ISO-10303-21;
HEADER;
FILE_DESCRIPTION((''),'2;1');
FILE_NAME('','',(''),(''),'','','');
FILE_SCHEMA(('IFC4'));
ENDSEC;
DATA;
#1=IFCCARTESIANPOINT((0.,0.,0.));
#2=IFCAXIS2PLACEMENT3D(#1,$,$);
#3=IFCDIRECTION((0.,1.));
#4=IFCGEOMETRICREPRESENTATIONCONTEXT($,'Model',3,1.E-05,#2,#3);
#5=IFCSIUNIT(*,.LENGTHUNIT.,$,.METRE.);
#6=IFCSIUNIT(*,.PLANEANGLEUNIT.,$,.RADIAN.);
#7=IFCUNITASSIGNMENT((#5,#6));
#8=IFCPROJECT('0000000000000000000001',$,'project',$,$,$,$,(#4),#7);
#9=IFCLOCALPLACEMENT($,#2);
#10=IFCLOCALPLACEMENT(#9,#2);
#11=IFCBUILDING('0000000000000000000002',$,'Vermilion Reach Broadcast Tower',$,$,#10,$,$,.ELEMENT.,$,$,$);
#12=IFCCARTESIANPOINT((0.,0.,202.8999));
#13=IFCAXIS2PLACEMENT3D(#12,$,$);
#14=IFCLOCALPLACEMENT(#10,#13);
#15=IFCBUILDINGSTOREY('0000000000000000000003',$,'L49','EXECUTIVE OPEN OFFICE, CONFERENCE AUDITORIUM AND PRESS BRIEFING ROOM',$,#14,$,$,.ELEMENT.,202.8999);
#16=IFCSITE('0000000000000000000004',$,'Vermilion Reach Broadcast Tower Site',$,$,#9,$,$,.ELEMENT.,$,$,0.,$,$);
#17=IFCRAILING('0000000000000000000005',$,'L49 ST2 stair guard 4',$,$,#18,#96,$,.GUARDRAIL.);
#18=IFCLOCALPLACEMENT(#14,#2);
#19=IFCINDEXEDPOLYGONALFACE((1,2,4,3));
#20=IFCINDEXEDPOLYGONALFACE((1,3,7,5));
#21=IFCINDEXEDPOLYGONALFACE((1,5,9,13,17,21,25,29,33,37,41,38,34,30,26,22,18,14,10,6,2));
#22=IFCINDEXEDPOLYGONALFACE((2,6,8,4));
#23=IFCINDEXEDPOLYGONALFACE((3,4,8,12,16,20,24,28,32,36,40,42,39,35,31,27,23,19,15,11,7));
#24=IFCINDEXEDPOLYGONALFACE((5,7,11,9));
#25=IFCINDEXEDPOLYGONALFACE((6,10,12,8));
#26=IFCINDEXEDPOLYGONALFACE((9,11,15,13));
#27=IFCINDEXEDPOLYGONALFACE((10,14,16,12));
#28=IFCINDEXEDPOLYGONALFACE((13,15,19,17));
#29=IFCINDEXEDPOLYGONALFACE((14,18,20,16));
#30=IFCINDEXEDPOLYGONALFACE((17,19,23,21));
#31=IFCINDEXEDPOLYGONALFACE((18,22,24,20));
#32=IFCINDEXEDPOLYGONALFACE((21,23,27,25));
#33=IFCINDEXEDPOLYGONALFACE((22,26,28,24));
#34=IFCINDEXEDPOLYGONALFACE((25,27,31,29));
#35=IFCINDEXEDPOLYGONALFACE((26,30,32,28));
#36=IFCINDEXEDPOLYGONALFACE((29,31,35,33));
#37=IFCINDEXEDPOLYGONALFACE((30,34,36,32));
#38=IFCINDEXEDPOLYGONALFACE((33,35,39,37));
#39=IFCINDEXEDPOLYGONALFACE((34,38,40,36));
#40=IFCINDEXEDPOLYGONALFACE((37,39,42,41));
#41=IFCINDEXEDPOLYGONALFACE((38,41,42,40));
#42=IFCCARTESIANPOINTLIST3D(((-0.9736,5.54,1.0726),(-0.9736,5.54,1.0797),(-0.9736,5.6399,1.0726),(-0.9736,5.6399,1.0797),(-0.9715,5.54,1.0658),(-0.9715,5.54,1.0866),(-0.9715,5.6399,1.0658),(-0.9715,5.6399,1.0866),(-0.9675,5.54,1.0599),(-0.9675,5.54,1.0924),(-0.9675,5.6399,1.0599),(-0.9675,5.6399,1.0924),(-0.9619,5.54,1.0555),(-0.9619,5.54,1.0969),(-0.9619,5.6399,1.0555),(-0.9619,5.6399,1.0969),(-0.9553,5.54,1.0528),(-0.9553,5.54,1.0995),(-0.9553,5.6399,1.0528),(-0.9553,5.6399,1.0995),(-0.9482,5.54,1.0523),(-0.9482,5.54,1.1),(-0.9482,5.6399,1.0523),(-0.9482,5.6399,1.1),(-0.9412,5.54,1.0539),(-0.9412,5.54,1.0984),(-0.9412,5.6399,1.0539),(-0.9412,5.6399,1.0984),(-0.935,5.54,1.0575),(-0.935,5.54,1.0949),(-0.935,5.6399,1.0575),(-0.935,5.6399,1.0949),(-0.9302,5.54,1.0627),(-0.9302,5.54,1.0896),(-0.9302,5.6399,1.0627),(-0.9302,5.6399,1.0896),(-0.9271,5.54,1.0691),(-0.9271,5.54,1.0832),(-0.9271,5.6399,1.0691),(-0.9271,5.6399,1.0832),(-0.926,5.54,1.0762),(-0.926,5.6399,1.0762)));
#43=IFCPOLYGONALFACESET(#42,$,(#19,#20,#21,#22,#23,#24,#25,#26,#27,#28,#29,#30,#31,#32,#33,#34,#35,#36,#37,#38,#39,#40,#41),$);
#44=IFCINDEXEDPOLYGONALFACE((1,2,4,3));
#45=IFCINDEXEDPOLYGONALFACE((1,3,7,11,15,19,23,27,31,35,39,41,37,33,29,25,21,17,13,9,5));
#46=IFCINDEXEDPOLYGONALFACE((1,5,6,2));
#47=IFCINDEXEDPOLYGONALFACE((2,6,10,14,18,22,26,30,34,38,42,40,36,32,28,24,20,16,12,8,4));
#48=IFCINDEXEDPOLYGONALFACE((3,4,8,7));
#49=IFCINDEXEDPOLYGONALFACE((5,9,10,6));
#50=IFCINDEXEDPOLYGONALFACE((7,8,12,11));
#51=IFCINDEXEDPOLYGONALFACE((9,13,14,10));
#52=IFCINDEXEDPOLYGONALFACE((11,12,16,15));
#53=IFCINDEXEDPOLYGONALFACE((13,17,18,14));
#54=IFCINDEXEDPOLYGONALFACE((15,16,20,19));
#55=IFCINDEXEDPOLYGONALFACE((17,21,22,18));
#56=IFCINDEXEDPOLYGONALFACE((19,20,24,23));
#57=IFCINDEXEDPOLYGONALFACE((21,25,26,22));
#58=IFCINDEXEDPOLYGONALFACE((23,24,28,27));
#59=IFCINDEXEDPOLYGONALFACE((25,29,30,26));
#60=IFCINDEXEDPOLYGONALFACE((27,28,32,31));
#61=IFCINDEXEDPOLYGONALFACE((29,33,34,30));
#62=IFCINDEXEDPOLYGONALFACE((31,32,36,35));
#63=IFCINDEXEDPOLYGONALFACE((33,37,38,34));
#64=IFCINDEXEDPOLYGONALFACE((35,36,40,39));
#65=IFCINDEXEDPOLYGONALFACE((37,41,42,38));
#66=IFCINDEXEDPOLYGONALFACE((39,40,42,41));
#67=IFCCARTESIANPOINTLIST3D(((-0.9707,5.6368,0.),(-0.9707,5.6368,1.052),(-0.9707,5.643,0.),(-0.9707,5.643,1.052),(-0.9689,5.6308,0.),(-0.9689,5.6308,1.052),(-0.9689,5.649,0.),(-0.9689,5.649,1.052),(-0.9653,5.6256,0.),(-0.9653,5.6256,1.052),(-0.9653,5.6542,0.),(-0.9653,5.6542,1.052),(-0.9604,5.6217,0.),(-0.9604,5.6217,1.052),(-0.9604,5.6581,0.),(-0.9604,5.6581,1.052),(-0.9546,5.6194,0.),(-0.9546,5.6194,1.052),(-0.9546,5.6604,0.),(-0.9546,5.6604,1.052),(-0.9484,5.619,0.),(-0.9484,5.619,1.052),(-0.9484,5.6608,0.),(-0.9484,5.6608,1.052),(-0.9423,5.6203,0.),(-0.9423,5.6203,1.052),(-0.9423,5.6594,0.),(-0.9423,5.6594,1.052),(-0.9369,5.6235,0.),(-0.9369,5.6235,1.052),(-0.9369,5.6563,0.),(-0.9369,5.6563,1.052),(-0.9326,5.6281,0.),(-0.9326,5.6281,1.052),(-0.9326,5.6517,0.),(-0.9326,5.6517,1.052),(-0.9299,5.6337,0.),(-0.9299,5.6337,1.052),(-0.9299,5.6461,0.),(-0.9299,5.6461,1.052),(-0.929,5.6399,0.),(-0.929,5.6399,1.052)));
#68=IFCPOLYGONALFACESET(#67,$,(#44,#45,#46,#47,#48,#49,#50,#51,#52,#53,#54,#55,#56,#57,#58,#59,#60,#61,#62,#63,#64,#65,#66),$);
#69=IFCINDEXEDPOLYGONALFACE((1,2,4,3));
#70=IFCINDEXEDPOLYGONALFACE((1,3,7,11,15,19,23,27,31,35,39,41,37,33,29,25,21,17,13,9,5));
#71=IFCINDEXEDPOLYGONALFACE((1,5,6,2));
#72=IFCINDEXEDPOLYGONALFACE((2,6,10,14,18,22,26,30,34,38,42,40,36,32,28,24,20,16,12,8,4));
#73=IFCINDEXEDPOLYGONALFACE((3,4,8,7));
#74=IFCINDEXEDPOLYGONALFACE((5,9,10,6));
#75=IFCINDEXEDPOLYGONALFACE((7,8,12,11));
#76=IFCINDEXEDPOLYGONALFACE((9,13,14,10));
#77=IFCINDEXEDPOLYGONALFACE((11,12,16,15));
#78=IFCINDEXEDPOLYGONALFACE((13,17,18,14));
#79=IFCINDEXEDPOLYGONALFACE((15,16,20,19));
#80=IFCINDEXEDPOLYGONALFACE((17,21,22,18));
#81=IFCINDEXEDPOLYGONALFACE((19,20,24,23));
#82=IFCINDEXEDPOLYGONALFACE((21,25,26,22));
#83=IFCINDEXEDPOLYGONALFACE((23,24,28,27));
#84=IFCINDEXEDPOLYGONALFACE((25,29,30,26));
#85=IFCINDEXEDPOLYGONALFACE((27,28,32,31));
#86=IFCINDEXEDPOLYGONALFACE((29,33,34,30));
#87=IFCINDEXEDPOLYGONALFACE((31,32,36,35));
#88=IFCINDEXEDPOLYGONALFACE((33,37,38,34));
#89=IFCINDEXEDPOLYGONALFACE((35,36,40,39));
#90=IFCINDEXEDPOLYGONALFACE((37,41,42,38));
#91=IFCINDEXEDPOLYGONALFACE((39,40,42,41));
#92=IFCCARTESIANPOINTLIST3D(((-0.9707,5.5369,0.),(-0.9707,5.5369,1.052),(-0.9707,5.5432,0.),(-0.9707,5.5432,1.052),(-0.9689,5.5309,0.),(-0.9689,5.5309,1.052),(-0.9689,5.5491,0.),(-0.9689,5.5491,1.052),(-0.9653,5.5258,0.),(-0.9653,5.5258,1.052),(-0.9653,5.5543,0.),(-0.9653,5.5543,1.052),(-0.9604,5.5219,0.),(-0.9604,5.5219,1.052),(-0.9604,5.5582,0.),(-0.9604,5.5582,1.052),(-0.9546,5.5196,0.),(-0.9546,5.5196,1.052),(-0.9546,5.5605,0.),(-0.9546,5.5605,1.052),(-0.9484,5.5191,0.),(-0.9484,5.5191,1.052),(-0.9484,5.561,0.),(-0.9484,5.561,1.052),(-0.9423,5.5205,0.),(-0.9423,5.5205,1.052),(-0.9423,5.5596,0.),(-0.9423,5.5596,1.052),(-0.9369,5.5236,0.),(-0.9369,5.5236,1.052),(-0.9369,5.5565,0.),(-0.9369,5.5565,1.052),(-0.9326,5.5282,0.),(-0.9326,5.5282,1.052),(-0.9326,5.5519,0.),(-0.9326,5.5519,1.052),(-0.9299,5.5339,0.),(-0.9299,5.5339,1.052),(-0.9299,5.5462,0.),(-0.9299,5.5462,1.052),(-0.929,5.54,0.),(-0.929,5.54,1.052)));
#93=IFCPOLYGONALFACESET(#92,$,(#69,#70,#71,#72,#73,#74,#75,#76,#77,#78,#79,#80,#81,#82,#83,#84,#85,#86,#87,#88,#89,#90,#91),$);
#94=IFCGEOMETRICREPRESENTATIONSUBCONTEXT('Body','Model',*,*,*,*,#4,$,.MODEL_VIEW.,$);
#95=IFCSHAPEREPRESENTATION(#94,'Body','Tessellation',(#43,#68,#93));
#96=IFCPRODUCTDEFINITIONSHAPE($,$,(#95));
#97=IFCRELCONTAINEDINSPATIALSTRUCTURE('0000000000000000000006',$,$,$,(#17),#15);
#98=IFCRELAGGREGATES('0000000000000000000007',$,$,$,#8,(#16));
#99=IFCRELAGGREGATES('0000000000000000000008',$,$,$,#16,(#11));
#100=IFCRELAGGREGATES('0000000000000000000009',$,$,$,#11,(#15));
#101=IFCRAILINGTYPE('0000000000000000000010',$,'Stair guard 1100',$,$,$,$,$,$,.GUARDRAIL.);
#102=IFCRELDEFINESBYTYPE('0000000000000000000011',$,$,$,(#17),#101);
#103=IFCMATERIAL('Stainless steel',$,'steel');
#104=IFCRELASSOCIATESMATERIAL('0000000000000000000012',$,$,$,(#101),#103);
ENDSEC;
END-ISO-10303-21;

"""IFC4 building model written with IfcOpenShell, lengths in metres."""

from ifc_helpers import new_model, si_unit, direction, frame, origin, origin_2d, place, context, subcontext, project, spatial, circle, extrude, material, type_object, element, save


model = new_model("IFC4")

# Units and contexts
model_context = context("Model", 3, precision=1e-05, world=origin(), true_north=direction((0.0, 1.0)))
body_context = subcontext(model_context, "Body", "Model", "MODEL_VIEW")
ifc_project = project(units=[si_unit("LENGTHUNIT", "METRE"), si_unit("PLANEANGLEUNIT", "RADIAN")], contexts=[model_context])

# Site, building, storey
site_placement = place(None, origin())
site = spatial("IfcSite", under=ifc_project, at=site_placement, Name="Vermilion Reach Broadcast Tower Site", CompositionType="ELEMENT", RefElevation=0.0)
building_placement = place(site_placement, origin())
building = spatial("IfcBuilding", under=site, at=building_placement, Name="Vermilion Reach Broadcast Tower", CompositionType="ELEMENT")
storey_placement = place(building_placement, frame((0.0, 0.0, 202.8999)))
storey = spatial("IfcBuildingStorey", under=building, at=storey_placement, Name="L49", Description="EXECUTIVE OPEN OFFICE, CONFERENCE AUDITORIUM AND PRESS BRIEFING ROOM", CompositionType="ELEMENT", Elevation=202.8999)

# Railing
ifc_material_1 = material(Name="Stainless steel", Category="steel")
railing_type_1 = type_object("IfcRailingType", Name="Stair guard 1100", PredefinedType="GUARDRAIL", material=ifc_material_1)
railing_1_placement = place(storey_placement, frame((-0.95, 5.6399, 0.0)))
element("IfcRailing", 1, at=railing_1_placement, inside=storey, type_object=railing_type_1, Name="L49 ST2 stair guard 4", PredefinedType="GUARDRAIL", context=body_context, shape_type="SweptSolid", body=[
    extrude(circle(Radius=0.0239, at=origin_2d()), frame((0.0, 0.0, 1.0762), z_axis=(0.0, -1.0, 0.0), x_axis=(1.0, 0.0, 0.0)), (0.0, 0.0, 1.0), 0.0999),
    extrude(circle(Radius=0.021, at=origin_2d()), origin(), (0.0, 0.0, 1.0), 1.052),
    extrude(circle(Radius=0.021, at=origin_2d()), frame((0.0, -0.0999, 0.0)), (0.0, 0.0, 1.0), 1.052),
])

save(model, "model.ifc")
